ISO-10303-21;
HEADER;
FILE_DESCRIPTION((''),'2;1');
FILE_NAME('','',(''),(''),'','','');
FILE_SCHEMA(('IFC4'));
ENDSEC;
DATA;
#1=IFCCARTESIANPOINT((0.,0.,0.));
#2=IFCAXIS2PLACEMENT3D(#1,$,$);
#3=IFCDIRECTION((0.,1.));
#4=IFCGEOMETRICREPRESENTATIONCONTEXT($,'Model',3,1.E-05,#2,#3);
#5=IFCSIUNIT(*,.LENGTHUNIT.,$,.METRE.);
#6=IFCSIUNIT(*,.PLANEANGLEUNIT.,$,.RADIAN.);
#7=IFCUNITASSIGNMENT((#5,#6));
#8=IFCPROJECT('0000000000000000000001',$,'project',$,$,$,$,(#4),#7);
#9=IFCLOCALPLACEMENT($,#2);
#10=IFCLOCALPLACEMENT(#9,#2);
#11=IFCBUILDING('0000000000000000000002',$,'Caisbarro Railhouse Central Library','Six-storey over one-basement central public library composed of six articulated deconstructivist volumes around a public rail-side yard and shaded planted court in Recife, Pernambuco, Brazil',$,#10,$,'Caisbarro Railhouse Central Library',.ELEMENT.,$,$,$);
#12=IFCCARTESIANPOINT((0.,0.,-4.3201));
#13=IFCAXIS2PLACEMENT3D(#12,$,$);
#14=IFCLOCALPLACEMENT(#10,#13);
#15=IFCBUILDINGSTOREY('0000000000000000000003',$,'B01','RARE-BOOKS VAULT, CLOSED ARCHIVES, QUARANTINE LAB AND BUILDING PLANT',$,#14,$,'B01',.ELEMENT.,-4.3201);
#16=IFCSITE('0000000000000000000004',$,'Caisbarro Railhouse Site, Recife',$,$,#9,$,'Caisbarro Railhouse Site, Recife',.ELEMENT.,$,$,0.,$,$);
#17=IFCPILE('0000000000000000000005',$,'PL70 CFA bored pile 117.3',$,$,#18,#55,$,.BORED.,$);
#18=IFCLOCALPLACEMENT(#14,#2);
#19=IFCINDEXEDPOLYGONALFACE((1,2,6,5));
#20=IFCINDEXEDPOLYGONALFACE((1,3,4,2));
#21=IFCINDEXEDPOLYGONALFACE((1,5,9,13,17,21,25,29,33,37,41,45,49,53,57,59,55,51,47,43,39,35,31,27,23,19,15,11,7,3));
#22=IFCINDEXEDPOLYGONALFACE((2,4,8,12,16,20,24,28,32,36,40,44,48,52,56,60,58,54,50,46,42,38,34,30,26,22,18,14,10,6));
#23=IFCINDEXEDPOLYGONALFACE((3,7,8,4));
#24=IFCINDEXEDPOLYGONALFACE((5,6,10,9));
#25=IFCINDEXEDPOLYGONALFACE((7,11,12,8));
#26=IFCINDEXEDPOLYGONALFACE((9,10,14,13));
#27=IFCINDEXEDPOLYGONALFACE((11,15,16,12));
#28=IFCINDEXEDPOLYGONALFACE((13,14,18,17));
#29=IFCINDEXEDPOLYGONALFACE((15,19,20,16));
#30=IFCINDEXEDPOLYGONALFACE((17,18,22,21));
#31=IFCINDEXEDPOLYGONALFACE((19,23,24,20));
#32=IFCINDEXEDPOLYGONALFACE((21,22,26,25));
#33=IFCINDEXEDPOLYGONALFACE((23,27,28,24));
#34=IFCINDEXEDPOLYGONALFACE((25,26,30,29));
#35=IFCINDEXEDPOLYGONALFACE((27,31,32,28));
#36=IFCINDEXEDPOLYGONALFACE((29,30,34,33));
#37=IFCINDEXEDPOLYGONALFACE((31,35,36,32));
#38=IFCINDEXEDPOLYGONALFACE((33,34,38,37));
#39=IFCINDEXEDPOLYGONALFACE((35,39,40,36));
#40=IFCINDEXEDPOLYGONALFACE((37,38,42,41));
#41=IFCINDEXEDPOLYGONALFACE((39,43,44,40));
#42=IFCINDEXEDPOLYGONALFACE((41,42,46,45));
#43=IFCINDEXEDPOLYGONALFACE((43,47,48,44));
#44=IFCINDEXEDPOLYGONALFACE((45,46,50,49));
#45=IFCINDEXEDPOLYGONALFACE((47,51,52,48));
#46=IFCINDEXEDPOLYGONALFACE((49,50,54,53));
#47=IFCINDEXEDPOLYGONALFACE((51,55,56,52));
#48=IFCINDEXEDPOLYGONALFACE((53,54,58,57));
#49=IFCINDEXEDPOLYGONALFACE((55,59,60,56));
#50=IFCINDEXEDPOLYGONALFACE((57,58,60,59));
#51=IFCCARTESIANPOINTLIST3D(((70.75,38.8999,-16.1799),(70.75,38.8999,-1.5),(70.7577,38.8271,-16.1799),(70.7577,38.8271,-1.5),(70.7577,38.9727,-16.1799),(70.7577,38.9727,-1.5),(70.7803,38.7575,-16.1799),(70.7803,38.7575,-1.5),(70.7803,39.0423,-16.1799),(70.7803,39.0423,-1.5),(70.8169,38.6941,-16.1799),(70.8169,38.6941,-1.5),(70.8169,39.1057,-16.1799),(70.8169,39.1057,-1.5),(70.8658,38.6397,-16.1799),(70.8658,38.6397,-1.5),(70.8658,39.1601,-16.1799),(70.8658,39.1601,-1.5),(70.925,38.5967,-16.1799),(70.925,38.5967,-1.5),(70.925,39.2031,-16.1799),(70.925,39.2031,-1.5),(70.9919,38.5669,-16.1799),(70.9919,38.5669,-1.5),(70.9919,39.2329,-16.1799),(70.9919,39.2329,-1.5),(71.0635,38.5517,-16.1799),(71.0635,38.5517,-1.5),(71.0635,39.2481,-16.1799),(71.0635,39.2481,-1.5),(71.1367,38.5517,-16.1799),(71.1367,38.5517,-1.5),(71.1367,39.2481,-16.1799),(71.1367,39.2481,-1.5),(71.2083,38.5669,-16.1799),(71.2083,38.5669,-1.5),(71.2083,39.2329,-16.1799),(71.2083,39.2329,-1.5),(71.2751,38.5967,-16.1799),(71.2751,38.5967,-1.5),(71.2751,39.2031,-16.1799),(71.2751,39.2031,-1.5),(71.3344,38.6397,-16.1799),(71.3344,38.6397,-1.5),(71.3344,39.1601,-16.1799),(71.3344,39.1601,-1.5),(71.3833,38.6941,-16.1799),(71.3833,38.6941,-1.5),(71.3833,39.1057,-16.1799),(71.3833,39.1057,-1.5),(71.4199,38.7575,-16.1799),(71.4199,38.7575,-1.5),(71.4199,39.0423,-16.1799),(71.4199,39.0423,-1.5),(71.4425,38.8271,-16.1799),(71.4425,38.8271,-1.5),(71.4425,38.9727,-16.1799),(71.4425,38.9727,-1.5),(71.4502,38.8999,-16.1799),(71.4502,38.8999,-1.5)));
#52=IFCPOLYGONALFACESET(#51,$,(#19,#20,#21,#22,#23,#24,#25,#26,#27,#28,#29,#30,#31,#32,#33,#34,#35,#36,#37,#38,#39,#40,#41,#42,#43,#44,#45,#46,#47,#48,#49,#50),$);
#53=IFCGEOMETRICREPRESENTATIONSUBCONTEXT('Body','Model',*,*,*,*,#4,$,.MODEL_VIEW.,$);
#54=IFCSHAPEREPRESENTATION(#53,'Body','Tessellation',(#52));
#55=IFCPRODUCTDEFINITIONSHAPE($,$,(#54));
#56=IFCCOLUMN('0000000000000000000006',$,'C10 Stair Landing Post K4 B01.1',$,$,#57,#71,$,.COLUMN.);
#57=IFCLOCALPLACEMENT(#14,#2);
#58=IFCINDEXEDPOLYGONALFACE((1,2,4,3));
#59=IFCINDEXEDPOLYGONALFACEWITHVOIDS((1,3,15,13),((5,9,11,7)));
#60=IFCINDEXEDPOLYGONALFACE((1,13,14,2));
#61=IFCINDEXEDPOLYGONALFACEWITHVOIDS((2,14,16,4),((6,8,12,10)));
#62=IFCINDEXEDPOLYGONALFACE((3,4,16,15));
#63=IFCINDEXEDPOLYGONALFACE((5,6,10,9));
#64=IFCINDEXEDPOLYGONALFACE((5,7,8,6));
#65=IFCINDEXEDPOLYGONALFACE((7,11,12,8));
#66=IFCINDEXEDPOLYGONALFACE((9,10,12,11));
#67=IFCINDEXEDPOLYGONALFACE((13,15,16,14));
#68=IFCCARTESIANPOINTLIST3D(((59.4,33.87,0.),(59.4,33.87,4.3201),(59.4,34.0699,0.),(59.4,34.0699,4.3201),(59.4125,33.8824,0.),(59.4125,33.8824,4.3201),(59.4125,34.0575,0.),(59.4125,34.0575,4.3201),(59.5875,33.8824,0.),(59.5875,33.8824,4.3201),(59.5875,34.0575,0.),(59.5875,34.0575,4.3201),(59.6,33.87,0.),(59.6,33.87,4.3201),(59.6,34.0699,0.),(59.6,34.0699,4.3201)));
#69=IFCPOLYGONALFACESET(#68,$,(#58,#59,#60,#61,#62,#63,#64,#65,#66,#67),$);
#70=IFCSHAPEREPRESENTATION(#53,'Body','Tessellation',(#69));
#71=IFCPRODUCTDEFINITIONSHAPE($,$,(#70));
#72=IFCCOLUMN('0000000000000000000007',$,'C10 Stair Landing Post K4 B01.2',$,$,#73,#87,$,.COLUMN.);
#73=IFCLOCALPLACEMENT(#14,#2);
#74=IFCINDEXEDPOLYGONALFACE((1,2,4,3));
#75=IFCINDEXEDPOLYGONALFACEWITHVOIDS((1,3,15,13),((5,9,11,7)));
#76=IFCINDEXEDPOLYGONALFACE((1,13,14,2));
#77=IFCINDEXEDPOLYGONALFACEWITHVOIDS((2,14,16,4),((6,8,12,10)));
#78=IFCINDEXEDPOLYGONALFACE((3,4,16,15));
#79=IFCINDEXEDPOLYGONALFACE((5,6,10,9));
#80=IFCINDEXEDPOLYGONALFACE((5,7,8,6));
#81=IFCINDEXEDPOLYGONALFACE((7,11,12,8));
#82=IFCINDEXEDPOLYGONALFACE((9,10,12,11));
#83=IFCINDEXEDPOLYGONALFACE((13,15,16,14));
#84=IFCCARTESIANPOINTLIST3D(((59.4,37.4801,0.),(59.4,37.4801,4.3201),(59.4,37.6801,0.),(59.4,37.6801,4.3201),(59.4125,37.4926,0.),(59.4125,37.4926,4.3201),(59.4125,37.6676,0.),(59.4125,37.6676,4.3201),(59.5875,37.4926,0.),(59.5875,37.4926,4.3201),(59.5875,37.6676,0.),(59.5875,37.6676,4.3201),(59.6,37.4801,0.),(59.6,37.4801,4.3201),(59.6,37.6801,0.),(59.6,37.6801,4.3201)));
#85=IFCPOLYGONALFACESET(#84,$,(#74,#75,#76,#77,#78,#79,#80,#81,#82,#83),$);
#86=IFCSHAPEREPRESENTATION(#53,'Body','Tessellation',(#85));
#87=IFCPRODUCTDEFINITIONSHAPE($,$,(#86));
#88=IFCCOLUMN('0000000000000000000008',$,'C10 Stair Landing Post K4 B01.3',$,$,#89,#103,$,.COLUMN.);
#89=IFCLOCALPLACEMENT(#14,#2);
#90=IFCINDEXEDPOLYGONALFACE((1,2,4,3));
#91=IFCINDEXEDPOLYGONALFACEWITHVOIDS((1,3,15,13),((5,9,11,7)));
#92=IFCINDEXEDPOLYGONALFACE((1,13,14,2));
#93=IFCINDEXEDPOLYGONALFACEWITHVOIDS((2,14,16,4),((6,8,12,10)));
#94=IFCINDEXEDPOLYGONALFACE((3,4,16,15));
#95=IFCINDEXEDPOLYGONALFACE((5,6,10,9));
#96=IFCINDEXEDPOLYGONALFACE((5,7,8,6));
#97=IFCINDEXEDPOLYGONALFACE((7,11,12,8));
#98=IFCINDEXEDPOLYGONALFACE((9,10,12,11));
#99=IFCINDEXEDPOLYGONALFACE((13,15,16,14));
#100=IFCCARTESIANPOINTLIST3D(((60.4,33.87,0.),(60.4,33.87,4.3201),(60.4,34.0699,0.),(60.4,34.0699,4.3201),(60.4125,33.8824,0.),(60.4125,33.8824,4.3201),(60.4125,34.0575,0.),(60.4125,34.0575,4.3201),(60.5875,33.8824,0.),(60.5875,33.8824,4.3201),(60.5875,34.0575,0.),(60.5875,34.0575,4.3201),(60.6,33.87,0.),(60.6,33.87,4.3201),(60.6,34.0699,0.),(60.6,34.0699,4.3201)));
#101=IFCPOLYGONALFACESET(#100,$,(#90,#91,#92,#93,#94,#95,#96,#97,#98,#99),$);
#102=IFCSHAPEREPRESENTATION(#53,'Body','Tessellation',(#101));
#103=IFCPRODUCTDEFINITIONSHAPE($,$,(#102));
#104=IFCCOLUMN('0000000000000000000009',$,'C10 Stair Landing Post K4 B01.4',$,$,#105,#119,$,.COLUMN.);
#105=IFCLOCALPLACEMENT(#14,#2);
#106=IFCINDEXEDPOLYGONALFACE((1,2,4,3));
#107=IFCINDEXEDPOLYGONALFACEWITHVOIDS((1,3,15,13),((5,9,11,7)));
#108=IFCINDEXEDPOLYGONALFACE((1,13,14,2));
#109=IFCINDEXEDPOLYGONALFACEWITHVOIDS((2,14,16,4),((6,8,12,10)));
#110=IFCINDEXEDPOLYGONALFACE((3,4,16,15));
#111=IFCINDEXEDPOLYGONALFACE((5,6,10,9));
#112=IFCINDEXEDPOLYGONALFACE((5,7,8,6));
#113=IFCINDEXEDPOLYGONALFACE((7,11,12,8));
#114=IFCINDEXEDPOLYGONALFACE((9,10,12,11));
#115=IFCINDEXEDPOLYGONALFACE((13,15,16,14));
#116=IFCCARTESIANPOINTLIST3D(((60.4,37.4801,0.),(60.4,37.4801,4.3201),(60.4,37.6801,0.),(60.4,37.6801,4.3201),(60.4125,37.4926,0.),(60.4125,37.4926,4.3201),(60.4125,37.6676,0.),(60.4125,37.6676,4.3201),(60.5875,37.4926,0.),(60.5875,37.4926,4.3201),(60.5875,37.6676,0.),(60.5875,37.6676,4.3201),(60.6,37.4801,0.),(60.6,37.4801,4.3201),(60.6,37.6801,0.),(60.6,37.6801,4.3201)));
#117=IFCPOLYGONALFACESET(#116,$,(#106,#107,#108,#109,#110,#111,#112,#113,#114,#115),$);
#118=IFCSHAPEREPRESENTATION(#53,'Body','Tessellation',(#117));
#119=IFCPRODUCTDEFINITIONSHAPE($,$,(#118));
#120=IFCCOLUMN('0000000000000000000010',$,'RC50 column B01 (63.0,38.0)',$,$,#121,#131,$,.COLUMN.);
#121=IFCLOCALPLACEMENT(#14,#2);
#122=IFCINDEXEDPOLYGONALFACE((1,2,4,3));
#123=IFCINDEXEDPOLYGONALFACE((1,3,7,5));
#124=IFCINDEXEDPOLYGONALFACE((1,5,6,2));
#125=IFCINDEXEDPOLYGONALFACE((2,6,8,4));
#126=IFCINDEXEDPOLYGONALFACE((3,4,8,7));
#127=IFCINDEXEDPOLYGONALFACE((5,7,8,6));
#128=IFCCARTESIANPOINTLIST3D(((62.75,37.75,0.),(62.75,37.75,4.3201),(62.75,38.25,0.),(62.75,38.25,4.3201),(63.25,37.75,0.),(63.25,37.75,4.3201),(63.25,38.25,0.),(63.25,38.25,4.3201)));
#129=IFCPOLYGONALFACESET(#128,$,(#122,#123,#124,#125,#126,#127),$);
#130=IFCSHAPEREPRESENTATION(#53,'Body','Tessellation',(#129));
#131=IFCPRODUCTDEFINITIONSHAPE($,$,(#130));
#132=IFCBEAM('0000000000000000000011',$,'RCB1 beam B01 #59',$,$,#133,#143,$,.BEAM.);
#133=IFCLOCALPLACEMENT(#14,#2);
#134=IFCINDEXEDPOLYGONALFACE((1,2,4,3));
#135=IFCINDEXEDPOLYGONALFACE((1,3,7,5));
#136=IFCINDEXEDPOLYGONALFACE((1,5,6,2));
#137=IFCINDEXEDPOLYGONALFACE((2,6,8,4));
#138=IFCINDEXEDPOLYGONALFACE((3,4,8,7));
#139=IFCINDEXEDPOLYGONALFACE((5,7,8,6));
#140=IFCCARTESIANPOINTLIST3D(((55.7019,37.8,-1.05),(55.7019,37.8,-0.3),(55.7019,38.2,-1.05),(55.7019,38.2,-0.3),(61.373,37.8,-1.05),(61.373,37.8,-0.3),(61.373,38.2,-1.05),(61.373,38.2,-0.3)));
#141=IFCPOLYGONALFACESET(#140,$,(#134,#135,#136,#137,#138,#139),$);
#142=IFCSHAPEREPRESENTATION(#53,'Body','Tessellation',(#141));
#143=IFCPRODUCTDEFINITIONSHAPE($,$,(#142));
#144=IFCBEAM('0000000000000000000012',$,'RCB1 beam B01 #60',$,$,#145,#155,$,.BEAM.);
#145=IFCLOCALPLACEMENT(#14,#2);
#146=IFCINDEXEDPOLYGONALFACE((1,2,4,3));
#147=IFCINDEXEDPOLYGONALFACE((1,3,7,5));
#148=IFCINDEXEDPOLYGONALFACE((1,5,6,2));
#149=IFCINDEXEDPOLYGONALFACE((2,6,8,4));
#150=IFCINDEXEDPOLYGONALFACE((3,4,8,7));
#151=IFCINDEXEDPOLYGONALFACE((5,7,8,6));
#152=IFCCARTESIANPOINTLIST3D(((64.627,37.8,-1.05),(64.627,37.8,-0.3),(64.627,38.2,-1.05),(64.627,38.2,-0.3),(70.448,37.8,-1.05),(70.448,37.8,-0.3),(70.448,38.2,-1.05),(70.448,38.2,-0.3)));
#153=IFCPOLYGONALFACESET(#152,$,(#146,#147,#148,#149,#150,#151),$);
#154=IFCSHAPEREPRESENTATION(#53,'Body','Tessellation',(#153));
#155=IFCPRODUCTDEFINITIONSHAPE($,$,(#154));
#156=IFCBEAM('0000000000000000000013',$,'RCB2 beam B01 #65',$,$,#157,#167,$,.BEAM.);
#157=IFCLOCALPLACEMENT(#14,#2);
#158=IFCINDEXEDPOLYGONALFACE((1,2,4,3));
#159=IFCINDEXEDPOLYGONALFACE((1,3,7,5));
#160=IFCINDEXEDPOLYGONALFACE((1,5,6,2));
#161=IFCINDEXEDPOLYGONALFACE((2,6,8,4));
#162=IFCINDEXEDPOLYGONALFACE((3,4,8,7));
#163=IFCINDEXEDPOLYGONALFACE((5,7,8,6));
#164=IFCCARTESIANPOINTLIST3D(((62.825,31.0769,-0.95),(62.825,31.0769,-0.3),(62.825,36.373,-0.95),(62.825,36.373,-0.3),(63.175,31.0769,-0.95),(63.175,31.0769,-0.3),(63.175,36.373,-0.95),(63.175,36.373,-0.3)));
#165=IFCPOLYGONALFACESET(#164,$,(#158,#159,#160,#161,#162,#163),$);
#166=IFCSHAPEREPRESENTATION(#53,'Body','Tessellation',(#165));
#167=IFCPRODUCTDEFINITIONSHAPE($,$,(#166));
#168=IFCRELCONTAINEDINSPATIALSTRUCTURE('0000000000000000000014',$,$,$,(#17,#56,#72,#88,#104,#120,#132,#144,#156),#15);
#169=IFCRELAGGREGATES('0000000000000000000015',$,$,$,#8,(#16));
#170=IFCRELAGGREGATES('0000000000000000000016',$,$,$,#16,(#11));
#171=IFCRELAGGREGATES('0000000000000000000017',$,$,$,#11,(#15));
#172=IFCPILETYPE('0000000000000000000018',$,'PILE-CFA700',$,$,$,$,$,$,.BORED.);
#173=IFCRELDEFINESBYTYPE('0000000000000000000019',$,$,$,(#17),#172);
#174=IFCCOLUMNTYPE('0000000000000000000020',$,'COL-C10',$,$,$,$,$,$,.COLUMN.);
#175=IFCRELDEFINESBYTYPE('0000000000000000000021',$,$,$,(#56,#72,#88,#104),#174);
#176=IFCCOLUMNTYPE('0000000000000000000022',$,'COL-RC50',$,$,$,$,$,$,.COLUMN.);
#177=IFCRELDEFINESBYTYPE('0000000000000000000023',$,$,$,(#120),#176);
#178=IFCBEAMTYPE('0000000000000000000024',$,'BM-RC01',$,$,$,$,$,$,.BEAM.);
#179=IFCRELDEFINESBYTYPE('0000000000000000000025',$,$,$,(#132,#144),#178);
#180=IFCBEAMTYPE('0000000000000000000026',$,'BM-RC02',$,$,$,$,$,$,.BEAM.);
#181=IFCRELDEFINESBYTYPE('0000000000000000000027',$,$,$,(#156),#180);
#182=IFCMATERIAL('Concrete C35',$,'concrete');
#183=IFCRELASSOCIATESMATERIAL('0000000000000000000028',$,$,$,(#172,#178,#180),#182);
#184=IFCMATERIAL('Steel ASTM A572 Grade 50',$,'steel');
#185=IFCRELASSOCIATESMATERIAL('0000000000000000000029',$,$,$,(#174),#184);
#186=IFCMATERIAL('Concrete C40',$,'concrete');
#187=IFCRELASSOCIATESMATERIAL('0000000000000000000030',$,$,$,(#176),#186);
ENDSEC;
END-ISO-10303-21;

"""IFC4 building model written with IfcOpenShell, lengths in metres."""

from ifc_helpers import new_model, si_unit, direction, frame, origin, origin_2d, place, context, subcontext, project, spatial, rectangle, hollow_rectangle, circle, extrude, material, material_profile, profile_set, type_object, element, save


model = new_model("IFC4")

# Units and contexts
model_context = context("Model", 3, precision=1e-05, world=origin(), true_north=direction((0.0, 1.0)))
body_context = subcontext(model_context, "Body", "Model", "MODEL_VIEW")
ifc_project = project(units=[si_unit("LENGTHUNIT", "METRE"), si_unit("PLANEANGLEUNIT", "RADIAN")], contexts=[model_context])

# Site, building, storey
site_placement = place(None, origin())
site = spatial("IfcSite", under=ifc_project, at=site_placement, Name="Caisbarro Railhouse Site, Recife", LongName="Caisbarro Railhouse Site, Recife", CompositionType="ELEMENT", RefElevation=0.0)
building_placement = place(site_placement, origin())
building = spatial("IfcBuilding", under=site, at=building_placement, Name="Caisbarro Railhouse Central Library", Description="Six-storey over one-basement central public library composed of six articulated deconstructivist volumes around a public rail-side yard and shaded planted court in Recife, Pernambuco, Brazil", LongName="Caisbarro Railhouse Central Library", CompositionType="ELEMENT")
storey_placement = place(building_placement, frame((0.0, 0.0, -4.3201)))
storey = spatial("IfcBuildingStorey", under=building, at=storey_placement, Name="B01", Description="RARE-BOOKS VAULT, CLOSED ARCHIVES, QUARANTINE LAB AND BUILDING PLANT", LongName="B01", CompositionType="ELEMENT", Elevation=-4.3201)

# Shared definitions
ifc_material_1 = material(Name="Concrete C40", Category="concrete")

# Pile
ifc_material_2 = material(Name="Concrete C35", Category="concrete")
ifc_material_profile_1 = material_profile(ifc_material_2, circle(Radius=0.3501, at=origin_2d()), Name="PILE-CFA-700")
ifc_profile_set_1 = profile_set([ifc_material_profile_1], Name="Concrete C35")
pile_type_1 = type_object("IfcPileType", Name="PILE-CFA700", PredefinedType="BORED", material=ifc_profile_set_1)
for number, where, z_axis, x_axis, name in (
    (1, (71.1001, 38.8999, -1.5), (0.0, 0.0, -1.0), (1.0, 0.0, 0.0), "PL70 CFA bored pile 117.3"),
):
    element("IfcPile", number, at=place(storey_placement, frame(where, z_axis=z_axis, x_axis=x_axis)), inside=storey, type_object=pile_type_1, Name=name, PredefinedType="BORED", context=body_context, shape_type="SweptSolid", body=[
        extrude(circle(Radius=0.3501, at=origin_2d()), origin(), (0.0, 0.0, 1.0), 14.6799),
    ])

# Columns
ifc_material_3 = material(Name="Steel ASTM A572 Grade 50", Category="steel")
ifc_material_profile_2 = material_profile(ifc_material_3, hollow_rectangle(XDim=0.2, YDim=0.2, WallThickness=0.0125, at=origin_2d()), Name="HSS200X200X12.5")
ifc_profile_set_2 = profile_set([ifc_material_profile_2], Name="Steel ASTM A572 Grade 50")
column_type_1 = type_object("IfcColumnType", Name="COL-C10", PredefinedType="COLUMN", material=ifc_profile_set_2)
for number, where, z_axis, x_axis, name in (
    (2, (59.5, 33.97, 0.0), (0.0, 0.0, 1.0), (1.0, 0.0, 0.0), "C10 Stair Landing Post K4 B01.1"),
    (3, (59.5, 37.5801, 0.0), (0.0, 0.0, 1.0), (1.0, 0.0, 0.0), "C10 Stair Landing Post K4 B01.2"),
    (4, (60.5, 33.97, 0.0), (0.0, 0.0, 1.0), (1.0, 0.0, 0.0), "C10 Stair Landing Post K4 B01.3"),
    (5, (60.5, 37.5801, 0.0), (0.0, 0.0, 1.0), (1.0, 0.0, 0.0), "C10 Stair Landing Post K4 B01.4"),
):
    element("IfcColumn", number, at=place(storey_placement, frame(where, z_axis=z_axis, x_axis=x_axis)), inside=storey, type_object=column_type_1, Name=name, PredefinedType="COLUMN", context=body_context, shape_type="SweptSolid", body=[
        extrude(hollow_rectangle(XDim=0.2, YDim=0.2, WallThickness=0.0125, at=origin_2d()), origin(), (0.0, 0.0, 1.0), 4.3201),
    ])
ifc_material_profile_3 = material_profile(ifc_material_1, rectangle(XDim=0.5, YDim=0.5, at=origin_2d()), Name="RC-COL-500X500")
ifc_profile_set_3 = profile_set([ifc_material_profile_3], Name="Concrete C40")
column_type_2 = type_object("IfcColumnType", Name="COL-RC50", PredefinedType="COLUMN", material=ifc_profile_set_3)
column_placement = place(storey_placement, frame((63.0, 38.0, 0.0), z_axis=(0.0, 0.0, 1.0), x_axis=(1.0, 0.0, 0.0)))
element("IfcColumn", 6, at=column_placement, inside=storey, type_object=column_type_2, Name="RC50 column B01 (63.0,38.0)", PredefinedType="COLUMN", context=body_context, shape_type="SweptSolid", body=[
    extrude(rectangle(XDim=0.5, YDim=0.5, at=origin_2d()), origin(), (0.0, 0.0, 1.0), 4.3201),
])

# Beams
ifc_material_profile_4 = material_profile(ifc_material_2, rectangle(XDim=0.3999, YDim=0.75, at=origin_2d()), Name="RC-BM-400X750")
ifc_profile_set_4 = profile_set([ifc_material_profile_4], Name="Concrete C35")
beam_type_1 = type_object("IfcBeamType", Name="BM-RC01", PredefinedType="BEAM", material=ifc_profile_set_4)
beam_1_placement = place(storey_placement, frame((55.7019, 38.0, -0.675), z_axis=(1.0, 0.0, 0.0), x_axis=(0.0, 1.0, 0.0)))
element("IfcBeam", 7, at=beam_1_placement, inside=storey, type_object=beam_type_1, Name="RCB1 beam B01 #59", PredefinedType="BEAM", context=body_context, shape_type="SweptSolid", body=[
    extrude(rectangle(XDim=0.3999, YDim=0.75, at=origin_2d()), origin(), (0.0, 0.0, 1.0), 5.6711),
])
beam_2_placement = place(storey_placement, frame((64.627, 38.0, -0.675), z_axis=(1.0, 0.0, 0.0), x_axis=(0.0, 1.0, 0.0)))
element("IfcBeam", 8, at=beam_2_placement, inside=storey, type_object=beam_type_1, Name="RCB1 beam B01 #60", PredefinedType="BEAM", context=body_context, shape_type="SweptSolid", body=[
    extrude(rectangle(XDim=0.3999, YDim=0.75, at=origin_2d()), origin(), (0.0, 0.0, 1.0), 5.821),
])
ifc_material_profile_5 = material_profile(ifc_material_2, rectangle(XDim=0.3501, YDim=0.6499, at=origin_2d()), Name="RC-BM-350X650")
ifc_profile_set_5 = profile_set([ifc_material_profile_5], Name="Concrete C35")
beam_type_2 = type_object("IfcBeamType", Name="BM-RC02", PredefinedType="BEAM", material=ifc_profile_set_5)
beam_3_placement = place(storey_placement, frame((63.0, 31.0769, -0.625), z_axis=(0.0, 1.0, 0.0), x_axis=(-1.0, 0.0, 0.0)))
element("IfcBeam", 9, at=beam_3_placement, inside=storey, type_object=beam_type_2, Name="RCB2 beam B01 #65", PredefinedType="BEAM", context=body_context, shape_type="SweptSolid", body=[
    extrude(rectangle(XDim=0.3501, YDim=0.6499, at=origin_2d()), origin(), (0.0, 0.0, 1.0), 5.2961),
])

save(model, "model.ifc")
